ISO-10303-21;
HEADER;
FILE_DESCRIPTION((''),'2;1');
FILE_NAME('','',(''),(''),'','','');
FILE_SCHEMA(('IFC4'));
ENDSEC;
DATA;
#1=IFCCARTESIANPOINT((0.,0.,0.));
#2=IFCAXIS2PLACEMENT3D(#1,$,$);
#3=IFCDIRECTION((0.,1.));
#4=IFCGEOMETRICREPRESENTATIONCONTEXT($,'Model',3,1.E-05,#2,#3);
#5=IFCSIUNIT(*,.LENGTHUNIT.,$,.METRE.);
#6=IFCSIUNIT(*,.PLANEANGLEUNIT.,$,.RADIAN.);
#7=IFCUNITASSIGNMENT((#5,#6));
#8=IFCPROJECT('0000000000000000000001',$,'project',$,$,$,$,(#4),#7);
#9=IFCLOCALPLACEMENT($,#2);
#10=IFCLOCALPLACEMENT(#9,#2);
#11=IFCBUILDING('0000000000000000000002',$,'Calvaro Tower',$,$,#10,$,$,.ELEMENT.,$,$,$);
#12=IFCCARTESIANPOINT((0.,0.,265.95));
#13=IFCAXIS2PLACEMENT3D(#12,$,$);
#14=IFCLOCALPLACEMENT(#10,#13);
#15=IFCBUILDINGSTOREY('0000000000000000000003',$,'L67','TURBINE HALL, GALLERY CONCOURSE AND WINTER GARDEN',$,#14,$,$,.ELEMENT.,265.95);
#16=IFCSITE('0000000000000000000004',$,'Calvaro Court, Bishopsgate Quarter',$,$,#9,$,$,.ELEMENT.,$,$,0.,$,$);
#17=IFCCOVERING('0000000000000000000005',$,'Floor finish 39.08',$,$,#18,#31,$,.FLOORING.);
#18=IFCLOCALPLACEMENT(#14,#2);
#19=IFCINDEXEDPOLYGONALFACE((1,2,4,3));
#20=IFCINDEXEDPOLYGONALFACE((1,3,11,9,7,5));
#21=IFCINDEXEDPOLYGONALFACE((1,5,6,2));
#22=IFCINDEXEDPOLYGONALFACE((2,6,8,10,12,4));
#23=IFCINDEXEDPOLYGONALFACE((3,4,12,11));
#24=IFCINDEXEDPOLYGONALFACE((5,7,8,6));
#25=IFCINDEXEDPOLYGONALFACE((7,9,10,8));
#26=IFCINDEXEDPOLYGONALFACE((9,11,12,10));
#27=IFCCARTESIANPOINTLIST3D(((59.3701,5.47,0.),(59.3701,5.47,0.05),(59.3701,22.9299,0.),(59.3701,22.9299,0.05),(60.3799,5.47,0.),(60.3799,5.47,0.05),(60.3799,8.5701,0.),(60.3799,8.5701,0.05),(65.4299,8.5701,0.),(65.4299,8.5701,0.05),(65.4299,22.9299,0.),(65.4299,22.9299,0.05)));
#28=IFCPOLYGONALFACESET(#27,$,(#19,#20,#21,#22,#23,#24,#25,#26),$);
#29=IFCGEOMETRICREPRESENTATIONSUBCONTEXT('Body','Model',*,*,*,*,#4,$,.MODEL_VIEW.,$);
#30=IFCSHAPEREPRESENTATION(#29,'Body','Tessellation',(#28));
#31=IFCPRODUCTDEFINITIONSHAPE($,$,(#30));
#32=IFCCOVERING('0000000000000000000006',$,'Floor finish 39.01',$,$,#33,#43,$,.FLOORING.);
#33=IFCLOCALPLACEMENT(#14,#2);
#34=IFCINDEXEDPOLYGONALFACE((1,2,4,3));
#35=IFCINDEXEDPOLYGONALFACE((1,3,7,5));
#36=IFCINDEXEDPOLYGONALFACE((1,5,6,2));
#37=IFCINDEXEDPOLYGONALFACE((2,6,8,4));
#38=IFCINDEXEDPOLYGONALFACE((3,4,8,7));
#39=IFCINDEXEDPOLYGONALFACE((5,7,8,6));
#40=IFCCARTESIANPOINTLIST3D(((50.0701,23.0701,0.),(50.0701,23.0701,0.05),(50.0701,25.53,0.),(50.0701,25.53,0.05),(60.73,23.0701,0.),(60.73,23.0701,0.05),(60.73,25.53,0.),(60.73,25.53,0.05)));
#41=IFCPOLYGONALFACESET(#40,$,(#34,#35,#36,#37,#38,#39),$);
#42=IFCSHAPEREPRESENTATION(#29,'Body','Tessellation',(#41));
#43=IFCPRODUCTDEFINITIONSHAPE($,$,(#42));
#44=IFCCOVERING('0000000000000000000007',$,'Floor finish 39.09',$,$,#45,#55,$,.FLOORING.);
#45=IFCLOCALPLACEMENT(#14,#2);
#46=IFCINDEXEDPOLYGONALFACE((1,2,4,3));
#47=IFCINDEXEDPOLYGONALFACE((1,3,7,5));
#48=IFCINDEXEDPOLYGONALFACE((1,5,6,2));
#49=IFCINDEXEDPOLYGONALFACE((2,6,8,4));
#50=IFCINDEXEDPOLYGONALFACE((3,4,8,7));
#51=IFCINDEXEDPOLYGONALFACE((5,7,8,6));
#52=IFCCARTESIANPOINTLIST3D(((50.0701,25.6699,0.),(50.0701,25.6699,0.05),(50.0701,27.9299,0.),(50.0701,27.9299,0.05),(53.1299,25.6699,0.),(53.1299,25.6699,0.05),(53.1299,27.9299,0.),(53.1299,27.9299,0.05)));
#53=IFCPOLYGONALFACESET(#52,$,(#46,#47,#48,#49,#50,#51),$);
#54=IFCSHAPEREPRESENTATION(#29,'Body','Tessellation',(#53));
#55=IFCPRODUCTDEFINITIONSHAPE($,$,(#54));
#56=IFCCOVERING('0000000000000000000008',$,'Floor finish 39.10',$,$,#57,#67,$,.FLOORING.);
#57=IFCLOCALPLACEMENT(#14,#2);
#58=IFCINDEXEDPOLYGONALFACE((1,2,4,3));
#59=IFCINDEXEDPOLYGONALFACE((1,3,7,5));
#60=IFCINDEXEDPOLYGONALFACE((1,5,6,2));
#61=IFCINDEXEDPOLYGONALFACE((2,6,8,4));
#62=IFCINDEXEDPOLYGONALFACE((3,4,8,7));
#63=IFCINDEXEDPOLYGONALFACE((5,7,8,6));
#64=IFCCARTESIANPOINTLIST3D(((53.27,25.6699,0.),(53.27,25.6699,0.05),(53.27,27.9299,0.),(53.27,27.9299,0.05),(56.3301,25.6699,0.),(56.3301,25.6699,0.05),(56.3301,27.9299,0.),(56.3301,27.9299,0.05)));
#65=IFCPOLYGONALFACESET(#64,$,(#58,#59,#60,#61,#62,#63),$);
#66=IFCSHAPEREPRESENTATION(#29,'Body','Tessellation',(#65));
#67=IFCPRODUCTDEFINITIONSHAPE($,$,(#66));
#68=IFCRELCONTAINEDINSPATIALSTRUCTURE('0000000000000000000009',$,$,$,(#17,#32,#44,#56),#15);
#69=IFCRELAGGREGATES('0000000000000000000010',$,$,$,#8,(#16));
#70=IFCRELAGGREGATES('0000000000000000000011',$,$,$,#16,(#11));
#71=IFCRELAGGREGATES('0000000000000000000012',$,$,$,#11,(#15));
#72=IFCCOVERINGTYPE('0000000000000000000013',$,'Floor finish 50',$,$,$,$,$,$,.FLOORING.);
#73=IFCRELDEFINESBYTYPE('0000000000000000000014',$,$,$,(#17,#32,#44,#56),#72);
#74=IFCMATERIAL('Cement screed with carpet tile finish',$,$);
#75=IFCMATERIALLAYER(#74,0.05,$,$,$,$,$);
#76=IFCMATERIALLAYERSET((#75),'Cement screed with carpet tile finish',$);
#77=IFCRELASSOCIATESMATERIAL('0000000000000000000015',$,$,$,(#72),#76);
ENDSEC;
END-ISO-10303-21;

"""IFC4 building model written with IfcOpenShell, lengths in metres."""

from ifc_helpers import new_model, si_unit, direction, frame, origin, place, context, subcontext, project, spatial, polyline, outline, extrude, material, layer, layer_set, type_object, element, save


model = new_model("IFC4")

# Units and contexts
model_context = context("Model", 3, precision=1e-05, world=origin(), true_north=direction((0.0, 1.0)))
body_context = subcontext(model_context, "Body", "Model", "MODEL_VIEW")
ifc_project = project(units=[si_unit("LENGTHUNIT", "METRE"), si_unit("PLANEANGLEUNIT", "RADIAN")], contexts=[model_context])

# Site, building, storey
site_placement = place(None, origin())
site = spatial("IfcSite", under=ifc_project, at=site_placement, Name="Calvaro Court, Bishopsgate Quarter", CompositionType="ELEMENT", RefElevation=0.0)
building_placement = place(site_placement, origin())
building = spatial("IfcBuilding", under=site, at=building_placement, Name="Calvaro Tower", CompositionType="ELEMENT")
storey_placement = place(building_placement, frame((0.0, 0.0, 265.95)))
storey = spatial("IfcBuildingStorey", under=building, at=storey_placement, Name="L67", Description="TURBINE HALL, GALLERY CONCOURSE AND WINTER GARDEN", CompositionType="ELEMENT", Elevation=265.95)

# Coverings
ifc_material_1 = material(Name="Cement screed with carpet tile finish")
ifc_layer_1 = layer(ifc_material_1, 0.05)
ifc_layer_set_1 = layer_set([ifc_layer_1], Name="Cement screed with carpet tile finish")
covering_type = type_object("IfcCoveringType", Name="Floor finish 50", PredefinedType="FLOORING", material=ifc_layer_set_1)
covering_1_placement = place(storey_placement, origin())
element("IfcCovering", 1, at=covering_1_placement, inside=storey, type_object=covering_type, Name="Floor finish 39.08", PredefinedType="FLOORING", context=body_context, shape_type="SweptSolid", body=[
    extrude(outline(polyline([(60.3799, 8.5701), (60.3799, 5.47), (59.3701, 5.47), (59.3701, 22.9299), (65.4299, 22.9299), (65.4299, 8.5701), (60.3799, 8.5701)])), origin(), (0.0, 0.0, 1.0), 0.05),
])
covering_2_placement = place(storey_placement, origin())
element("IfcCovering", 2, at=covering_2_placement, inside=storey, type_object=covering_type, Name="Floor finish 39.01", PredefinedType="FLOORING", context=body_context, shape_type="SweptSolid", body=[
    extrude(outline(polyline([(50.0701, 25.53), (60.73, 25.53), (60.73, 23.0701), (50.0701, 23.0701), (50.0701, 25.53)])), origin(), (0.0, 0.0, 1.0), 0.05),
])
covering_3_placement = place(storey_placement, origin())
element("IfcCovering", 3, at=covering_3_placement, inside=storey, type_object=covering_type, Name="Floor finish 39.09", PredefinedType="FLOORING", context=body_context, shape_type="SweptSolid", body=[
    extrude(outline(polyline([(50.0701, 27.9299), (53.1299, 27.9299), (53.1299, 25.6699), (50.0701, 25.6699), (50.0701, 27.9299)])), origin(), (0.0, 0.0, 1.0), 0.05),
])
covering_4_placement = place(storey_placement, origin())
element("IfcCovering", 4, at=covering_4_placement, inside=storey, type_object=covering_type, Name="Floor finish 39.10", PredefinedType="FLOORING", context=body_context, shape_type="SweptSolid", body=[
    extrude(outline(polyline([(53.27, 27.9299), (56.3301, 27.9299), (56.3301, 25.6699), (53.27, 25.6699), (53.27, 27.9299)])), origin(), (0.0, 0.0, 1.0), 0.05),
])

save(model, "model.ifc")
